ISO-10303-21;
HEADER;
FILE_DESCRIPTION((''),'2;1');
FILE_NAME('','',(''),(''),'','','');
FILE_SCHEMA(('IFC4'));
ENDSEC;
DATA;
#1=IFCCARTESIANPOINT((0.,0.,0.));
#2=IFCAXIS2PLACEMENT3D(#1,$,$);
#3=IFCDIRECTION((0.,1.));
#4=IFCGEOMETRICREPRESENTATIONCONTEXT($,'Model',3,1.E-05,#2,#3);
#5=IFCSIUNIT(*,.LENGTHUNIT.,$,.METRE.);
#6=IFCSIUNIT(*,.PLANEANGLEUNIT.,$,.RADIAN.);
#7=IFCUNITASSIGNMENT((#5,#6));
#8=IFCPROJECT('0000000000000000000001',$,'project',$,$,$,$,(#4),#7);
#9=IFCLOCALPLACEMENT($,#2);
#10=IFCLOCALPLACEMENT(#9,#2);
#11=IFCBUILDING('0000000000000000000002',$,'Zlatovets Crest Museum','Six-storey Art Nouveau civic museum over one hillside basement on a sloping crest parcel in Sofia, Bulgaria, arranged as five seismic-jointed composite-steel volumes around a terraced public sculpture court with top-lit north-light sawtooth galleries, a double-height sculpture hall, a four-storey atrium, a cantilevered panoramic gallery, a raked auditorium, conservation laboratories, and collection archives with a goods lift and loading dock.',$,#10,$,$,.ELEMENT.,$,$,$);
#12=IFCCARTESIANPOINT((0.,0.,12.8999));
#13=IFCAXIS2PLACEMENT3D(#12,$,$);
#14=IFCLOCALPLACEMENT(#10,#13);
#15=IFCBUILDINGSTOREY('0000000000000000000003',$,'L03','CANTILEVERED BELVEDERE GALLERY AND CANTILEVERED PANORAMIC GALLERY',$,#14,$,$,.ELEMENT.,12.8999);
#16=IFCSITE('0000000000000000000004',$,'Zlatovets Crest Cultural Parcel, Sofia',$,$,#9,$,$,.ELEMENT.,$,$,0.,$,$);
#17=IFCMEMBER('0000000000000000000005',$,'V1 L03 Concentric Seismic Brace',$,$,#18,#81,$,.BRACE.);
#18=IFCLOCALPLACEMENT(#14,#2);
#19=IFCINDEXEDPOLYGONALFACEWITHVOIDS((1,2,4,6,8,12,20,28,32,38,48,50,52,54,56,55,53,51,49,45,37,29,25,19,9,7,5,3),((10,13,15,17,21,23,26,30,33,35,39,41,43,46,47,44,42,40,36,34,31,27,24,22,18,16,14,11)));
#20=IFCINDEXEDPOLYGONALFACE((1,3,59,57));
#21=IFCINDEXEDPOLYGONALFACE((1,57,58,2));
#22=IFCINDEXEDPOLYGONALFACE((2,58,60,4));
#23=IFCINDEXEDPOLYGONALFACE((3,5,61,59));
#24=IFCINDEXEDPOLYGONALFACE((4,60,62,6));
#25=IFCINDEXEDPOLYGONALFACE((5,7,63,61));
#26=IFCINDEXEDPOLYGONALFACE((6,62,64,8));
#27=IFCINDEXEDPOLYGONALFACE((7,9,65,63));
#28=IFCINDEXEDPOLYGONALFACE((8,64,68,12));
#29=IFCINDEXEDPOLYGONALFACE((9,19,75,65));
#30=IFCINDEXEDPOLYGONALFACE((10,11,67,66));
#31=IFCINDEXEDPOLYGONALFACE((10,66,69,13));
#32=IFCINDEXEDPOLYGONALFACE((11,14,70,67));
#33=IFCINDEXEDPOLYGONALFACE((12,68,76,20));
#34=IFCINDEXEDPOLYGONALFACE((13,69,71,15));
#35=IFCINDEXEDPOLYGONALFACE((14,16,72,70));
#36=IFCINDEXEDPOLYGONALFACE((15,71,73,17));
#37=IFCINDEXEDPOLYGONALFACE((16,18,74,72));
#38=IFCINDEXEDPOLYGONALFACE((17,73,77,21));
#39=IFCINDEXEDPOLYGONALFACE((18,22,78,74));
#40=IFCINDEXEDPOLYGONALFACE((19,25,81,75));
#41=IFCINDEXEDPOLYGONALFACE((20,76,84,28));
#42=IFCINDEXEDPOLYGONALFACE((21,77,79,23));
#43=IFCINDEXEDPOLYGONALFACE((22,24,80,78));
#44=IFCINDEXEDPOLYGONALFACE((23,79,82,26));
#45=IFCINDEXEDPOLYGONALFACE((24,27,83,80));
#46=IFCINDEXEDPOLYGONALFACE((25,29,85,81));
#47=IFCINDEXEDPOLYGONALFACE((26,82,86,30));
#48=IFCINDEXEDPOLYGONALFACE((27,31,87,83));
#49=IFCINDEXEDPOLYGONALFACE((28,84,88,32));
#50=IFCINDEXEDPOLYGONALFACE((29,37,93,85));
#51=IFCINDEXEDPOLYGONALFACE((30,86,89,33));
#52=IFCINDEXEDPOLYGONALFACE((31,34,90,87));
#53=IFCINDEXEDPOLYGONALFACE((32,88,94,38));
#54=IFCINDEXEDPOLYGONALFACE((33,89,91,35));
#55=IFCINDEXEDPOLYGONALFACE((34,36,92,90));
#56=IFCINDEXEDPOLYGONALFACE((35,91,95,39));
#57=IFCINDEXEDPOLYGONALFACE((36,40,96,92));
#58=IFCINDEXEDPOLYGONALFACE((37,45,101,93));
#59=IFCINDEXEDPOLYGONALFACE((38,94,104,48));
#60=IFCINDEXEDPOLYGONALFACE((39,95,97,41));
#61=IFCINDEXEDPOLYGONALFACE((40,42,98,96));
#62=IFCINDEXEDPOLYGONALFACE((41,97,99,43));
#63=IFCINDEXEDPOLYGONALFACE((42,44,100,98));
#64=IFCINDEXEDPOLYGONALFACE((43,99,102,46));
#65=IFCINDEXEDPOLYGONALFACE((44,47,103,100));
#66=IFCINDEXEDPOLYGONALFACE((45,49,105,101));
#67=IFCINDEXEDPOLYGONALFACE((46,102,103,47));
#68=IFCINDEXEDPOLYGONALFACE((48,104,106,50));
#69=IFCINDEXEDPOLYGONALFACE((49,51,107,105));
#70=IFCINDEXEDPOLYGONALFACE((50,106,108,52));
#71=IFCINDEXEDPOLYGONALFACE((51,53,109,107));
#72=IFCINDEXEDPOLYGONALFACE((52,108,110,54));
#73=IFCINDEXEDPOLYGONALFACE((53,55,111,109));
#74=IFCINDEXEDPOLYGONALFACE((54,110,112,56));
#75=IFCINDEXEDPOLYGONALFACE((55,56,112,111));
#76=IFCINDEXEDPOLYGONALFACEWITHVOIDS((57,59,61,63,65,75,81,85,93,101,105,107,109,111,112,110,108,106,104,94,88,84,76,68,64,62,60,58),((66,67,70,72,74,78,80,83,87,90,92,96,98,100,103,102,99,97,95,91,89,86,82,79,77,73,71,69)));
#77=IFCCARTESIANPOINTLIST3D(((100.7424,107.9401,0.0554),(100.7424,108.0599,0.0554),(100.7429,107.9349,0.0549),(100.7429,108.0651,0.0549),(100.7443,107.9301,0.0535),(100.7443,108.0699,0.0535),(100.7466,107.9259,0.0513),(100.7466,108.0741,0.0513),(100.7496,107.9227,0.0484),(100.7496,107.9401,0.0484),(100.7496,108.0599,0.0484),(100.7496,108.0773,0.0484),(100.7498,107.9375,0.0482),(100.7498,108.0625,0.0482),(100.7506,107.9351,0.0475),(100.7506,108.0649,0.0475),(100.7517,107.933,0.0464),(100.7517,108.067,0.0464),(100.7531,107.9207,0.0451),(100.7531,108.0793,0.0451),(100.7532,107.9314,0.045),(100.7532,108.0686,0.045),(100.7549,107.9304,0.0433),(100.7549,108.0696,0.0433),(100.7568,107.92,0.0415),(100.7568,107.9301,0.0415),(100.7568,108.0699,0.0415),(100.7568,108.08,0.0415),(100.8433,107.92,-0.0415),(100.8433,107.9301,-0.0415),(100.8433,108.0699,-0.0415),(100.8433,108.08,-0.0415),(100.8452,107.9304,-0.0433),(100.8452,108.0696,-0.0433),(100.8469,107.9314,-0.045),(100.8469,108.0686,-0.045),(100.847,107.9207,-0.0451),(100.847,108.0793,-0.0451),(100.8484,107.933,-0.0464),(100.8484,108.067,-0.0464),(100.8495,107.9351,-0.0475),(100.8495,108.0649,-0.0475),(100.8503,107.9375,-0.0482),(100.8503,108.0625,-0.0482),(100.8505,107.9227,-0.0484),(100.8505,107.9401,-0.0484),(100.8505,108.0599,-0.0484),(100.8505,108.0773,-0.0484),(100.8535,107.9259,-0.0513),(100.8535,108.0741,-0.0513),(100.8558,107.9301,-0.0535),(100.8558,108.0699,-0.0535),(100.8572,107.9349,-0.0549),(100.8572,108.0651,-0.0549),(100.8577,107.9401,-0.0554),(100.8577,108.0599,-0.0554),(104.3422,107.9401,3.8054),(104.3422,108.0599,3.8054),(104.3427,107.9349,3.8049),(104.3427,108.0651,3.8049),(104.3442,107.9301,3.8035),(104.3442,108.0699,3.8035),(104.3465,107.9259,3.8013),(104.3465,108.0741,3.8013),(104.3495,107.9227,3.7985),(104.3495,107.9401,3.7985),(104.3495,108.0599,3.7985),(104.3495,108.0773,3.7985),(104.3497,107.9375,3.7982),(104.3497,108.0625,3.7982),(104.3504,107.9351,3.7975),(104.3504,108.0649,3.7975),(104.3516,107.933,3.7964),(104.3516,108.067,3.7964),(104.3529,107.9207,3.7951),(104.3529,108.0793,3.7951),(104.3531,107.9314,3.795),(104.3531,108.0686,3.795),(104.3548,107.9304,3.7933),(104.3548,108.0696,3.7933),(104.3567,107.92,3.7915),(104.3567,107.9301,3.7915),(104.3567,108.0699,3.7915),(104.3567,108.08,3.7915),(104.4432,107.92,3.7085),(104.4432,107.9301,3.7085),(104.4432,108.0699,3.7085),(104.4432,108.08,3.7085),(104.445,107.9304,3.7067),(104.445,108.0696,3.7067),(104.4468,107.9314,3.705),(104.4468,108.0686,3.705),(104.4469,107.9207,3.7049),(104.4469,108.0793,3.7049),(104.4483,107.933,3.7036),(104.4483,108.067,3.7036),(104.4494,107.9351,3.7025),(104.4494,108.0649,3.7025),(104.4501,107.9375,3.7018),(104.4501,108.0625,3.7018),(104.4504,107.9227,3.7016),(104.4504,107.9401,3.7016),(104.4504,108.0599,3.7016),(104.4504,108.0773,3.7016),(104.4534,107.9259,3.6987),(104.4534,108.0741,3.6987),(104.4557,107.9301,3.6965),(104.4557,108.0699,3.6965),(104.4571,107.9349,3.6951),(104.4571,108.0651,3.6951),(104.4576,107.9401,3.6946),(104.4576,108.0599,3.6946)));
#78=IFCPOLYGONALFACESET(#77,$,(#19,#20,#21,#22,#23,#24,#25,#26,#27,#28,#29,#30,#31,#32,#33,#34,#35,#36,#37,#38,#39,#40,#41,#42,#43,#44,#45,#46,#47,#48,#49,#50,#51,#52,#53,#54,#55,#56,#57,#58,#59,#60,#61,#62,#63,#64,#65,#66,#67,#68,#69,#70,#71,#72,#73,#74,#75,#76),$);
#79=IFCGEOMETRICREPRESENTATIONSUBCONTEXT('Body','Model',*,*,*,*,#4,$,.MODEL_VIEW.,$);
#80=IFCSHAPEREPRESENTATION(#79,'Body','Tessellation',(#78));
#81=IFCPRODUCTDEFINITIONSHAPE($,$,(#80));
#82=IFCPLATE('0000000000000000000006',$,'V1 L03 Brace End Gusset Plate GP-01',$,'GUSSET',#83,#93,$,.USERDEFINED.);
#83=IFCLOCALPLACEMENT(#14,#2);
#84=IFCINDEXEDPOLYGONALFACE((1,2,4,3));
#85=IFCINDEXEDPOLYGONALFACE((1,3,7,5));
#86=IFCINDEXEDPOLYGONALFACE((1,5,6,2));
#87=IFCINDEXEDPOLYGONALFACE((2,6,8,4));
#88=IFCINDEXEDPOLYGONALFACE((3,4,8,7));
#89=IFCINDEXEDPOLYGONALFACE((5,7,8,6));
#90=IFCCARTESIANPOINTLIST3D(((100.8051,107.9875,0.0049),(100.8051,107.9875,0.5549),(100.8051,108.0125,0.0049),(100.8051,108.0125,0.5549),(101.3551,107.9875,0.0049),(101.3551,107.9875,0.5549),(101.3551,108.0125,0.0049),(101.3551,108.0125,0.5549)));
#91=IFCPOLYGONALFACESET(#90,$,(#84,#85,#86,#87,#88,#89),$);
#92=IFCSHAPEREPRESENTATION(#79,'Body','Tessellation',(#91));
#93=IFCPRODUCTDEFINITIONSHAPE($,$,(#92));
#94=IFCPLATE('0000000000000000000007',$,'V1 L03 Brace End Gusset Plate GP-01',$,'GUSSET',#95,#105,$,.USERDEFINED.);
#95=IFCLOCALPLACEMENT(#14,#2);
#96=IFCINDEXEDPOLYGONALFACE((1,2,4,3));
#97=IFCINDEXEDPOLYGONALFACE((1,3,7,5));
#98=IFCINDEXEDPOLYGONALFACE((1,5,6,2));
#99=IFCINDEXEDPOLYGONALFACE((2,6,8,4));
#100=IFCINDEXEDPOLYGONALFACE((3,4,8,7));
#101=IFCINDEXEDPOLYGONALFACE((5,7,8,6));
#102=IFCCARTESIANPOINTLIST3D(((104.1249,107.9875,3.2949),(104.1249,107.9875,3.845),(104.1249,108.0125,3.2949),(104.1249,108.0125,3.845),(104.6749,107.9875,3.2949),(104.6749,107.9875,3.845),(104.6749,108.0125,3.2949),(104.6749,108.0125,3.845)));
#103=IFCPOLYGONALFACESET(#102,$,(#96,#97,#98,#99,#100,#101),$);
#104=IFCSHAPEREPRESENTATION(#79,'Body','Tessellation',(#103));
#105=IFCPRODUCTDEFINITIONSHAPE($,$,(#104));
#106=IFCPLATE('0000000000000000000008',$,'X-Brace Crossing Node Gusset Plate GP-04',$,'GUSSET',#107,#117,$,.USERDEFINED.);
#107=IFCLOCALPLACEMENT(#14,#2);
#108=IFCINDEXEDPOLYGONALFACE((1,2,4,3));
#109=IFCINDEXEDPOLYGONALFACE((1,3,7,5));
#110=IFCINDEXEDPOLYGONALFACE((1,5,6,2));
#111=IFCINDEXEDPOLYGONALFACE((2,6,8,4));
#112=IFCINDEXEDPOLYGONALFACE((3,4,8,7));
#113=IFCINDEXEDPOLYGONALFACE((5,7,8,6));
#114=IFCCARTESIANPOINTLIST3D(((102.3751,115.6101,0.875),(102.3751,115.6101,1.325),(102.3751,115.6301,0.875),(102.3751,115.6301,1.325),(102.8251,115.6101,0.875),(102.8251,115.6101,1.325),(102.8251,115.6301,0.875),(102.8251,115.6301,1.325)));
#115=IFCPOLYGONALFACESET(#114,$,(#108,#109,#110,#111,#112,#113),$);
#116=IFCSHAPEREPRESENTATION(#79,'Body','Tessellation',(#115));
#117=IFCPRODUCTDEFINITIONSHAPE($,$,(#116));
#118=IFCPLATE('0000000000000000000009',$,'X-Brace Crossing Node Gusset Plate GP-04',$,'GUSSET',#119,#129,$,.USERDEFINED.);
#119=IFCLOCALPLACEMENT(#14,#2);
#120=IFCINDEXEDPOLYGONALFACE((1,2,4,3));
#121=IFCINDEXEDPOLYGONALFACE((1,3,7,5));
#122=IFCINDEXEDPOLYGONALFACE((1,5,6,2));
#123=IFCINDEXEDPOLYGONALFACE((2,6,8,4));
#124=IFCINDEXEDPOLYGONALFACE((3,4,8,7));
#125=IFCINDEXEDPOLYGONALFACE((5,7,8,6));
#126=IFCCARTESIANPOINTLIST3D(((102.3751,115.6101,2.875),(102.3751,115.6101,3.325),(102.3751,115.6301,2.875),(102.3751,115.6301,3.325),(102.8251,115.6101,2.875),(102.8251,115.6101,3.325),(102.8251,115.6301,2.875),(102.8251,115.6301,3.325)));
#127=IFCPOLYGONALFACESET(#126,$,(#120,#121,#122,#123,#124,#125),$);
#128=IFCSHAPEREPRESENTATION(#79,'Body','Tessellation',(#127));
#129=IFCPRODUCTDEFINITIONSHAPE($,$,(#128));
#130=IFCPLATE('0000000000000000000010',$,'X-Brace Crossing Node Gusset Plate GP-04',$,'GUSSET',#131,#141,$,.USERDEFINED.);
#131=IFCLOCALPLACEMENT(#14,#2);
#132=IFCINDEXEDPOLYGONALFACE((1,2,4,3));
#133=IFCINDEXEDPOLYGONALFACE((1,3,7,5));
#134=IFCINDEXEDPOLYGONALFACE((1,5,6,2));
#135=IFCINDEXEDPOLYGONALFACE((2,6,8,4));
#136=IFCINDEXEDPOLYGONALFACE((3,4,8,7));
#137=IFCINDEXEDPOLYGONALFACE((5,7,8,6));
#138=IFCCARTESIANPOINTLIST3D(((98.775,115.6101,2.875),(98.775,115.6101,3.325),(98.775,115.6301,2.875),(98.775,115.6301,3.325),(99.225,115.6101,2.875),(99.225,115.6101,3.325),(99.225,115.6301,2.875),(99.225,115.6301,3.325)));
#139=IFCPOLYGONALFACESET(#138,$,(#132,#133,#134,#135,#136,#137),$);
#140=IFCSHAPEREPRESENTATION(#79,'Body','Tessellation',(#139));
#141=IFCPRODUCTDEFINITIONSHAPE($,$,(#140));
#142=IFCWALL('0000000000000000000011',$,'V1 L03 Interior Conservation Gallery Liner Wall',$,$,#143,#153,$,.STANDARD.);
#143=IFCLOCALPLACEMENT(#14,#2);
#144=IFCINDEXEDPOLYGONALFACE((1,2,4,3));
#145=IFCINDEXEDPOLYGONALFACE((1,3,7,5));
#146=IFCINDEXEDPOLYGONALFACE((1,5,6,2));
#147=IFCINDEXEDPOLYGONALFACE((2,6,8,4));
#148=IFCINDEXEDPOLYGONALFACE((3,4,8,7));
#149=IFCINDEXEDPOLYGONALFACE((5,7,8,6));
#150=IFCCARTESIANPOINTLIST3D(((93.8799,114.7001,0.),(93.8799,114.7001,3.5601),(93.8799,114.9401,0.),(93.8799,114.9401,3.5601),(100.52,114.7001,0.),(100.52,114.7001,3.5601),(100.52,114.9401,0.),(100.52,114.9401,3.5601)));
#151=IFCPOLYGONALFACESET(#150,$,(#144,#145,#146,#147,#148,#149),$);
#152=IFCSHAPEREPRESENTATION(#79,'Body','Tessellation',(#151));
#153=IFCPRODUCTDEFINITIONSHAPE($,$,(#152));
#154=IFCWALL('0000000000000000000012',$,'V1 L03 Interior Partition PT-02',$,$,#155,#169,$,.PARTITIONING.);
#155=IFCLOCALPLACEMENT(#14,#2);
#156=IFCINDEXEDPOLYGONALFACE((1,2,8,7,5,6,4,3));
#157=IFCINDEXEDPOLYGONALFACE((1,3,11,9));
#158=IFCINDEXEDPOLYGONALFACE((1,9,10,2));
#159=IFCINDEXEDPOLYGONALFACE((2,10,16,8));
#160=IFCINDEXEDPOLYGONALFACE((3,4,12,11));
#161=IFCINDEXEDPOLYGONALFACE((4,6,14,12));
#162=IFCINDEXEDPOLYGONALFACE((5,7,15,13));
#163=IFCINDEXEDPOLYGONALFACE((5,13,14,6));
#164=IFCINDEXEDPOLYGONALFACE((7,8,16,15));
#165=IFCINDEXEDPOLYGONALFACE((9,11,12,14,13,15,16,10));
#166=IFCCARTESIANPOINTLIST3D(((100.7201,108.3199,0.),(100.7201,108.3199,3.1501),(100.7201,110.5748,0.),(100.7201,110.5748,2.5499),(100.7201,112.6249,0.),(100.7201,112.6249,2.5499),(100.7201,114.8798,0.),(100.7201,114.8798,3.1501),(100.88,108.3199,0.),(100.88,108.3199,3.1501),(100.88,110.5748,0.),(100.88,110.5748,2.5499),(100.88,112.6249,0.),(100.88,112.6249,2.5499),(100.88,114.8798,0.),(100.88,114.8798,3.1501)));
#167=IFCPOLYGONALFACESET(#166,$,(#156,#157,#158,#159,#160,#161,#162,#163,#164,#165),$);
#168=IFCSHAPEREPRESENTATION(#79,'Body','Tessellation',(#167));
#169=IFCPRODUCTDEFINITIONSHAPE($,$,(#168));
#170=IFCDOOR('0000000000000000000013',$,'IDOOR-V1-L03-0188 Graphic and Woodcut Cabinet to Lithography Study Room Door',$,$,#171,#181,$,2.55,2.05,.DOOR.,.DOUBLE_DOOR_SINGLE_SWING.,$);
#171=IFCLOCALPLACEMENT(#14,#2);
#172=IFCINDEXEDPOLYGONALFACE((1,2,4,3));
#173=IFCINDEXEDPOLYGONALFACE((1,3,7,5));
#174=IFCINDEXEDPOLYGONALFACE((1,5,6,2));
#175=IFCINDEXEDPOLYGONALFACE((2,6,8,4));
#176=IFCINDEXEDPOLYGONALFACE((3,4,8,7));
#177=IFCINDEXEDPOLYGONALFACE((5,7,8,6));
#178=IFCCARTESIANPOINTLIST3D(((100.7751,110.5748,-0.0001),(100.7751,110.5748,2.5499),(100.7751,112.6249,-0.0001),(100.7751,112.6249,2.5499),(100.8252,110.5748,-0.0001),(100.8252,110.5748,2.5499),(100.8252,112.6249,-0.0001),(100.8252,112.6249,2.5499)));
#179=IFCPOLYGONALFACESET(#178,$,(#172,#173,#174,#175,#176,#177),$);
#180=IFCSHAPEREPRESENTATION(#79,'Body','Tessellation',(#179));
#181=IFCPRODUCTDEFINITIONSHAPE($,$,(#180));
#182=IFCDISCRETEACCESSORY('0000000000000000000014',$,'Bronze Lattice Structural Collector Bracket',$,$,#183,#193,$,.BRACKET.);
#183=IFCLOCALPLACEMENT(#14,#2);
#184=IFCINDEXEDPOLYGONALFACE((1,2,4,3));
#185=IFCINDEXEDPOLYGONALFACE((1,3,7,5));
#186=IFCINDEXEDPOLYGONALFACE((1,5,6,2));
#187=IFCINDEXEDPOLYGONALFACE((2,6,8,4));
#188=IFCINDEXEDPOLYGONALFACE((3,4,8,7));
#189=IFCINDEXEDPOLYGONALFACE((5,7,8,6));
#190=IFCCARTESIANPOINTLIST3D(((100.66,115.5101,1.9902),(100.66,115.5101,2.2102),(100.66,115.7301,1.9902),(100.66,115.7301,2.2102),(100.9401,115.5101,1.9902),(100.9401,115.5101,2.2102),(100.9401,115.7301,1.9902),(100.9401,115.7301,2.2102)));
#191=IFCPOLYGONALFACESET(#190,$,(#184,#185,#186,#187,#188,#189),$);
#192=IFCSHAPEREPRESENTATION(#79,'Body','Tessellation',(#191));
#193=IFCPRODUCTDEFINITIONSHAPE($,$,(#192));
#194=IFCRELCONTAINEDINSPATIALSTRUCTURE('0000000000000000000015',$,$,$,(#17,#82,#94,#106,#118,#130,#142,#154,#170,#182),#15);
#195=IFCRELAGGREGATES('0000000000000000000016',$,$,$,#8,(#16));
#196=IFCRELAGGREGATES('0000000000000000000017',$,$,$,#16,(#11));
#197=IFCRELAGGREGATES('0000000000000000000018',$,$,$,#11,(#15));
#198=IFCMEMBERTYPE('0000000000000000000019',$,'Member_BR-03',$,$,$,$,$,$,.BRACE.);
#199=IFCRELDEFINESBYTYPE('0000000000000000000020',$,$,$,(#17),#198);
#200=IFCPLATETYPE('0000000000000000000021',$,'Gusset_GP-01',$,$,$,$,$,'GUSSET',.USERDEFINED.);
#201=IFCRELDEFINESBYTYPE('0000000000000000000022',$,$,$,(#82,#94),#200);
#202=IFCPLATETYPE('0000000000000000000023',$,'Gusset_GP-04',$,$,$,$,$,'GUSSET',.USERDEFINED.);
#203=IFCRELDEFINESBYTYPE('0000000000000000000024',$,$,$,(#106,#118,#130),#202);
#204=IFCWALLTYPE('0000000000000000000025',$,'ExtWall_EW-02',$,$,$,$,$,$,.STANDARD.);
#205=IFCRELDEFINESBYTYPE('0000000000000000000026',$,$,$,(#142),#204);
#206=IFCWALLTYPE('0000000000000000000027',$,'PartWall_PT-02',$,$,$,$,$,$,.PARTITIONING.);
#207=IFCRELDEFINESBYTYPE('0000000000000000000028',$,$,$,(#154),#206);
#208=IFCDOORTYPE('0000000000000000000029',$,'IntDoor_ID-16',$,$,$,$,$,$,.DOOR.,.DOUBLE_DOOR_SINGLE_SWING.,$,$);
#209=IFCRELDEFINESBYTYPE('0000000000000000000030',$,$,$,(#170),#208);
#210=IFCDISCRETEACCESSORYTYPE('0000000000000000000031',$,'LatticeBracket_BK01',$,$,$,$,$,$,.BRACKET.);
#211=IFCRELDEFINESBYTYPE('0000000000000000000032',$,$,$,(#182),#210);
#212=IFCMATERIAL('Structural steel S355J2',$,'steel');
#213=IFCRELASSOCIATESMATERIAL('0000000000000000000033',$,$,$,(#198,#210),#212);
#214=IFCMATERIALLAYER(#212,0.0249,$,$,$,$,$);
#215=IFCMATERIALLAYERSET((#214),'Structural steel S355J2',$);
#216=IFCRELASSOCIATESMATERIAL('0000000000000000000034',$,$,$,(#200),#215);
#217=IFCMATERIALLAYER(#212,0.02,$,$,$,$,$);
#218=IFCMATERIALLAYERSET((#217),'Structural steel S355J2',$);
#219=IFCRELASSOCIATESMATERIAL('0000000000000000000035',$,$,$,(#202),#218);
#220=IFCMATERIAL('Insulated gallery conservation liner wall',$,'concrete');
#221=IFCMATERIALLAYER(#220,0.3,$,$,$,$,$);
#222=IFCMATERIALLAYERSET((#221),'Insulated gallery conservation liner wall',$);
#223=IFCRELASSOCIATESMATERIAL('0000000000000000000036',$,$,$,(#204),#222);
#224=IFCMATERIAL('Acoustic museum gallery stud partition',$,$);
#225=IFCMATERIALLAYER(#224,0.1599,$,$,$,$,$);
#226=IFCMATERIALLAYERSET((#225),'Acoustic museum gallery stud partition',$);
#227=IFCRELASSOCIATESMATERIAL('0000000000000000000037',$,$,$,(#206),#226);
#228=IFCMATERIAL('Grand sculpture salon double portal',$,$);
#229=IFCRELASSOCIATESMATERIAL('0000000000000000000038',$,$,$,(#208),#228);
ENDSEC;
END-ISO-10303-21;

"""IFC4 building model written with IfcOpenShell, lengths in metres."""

from ifc_helpers import new_model, si_unit, direction, frame, frame_2d, origin, origin_2d, place, context, subcontext, project, spatial, rectangle, hollow_rectangle, extrude, material, layer, layer_set, material_profile, profile_set, type_object, element, fill, save


model = new_model("IFC4")

# Units and contexts
model_context = context("Model", 3, precision=1e-05, world=origin(), true_north=direction((0.0, 1.0)))
body_context = subcontext(model_context, "Body", "Model", "MODEL_VIEW")
ifc_project = project(units=[si_unit("LENGTHUNIT", "METRE"), si_unit("PLANEANGLEUNIT", "RADIAN")], contexts=[model_context])

# Site, building, storey
site_placement = place(None, origin())
site = spatial("IfcSite", under=ifc_project, at=site_placement, Name="Zlatovets Crest Cultural Parcel, Sofia", CompositionType="ELEMENT", RefElevation=0.0)
building_placement = place(site_placement, origin())
building = spatial("IfcBuilding", under=site, at=building_placement, Name="Zlatovets Crest Museum", Description="Six-storey Art Nouveau civic museum over one hillside basement on a sloping crest parcel in Sofia, Bulgaria, arranged as five seismic-jointed composite-steel volumes around a terraced public sculpture court with top-lit north-light sawtooth galleries, a double-height sculpture hall, a four-storey atrium, a cantilevered panoramic gallery, a raked auditorium, conservation laboratories, and collection archives with a goods lift and loading dock.", CompositionType="ELEMENT")
storey_placement = place(building_placement, frame((0.0, 0.0, 12.8999)))
storey = spatial("IfcBuildingStorey", under=building, at=storey_placement, Name="L03", Description="CANTILEVERED BELVEDERE GALLERY AND CANTILEVERED PANORAMIC GALLERY", CompositionType="ELEMENT", Elevation=12.8999)

# Shared definitions
ifc_material_1 = material(Name="Structural steel S355J2", Category="steel")

# Member
ifc_material_profile_1 = material_profile(ifc_material_1, hollow_rectangle(XDim=0.1599, YDim=0.1599, WallThickness=0.01, InnerFilletRadius=0.01, OuterFilletRadius=0.02, at=origin_2d()), Name="SHS 160x160x10.0")
ifc_profile_set_1 = profile_set([ifc_material_profile_1], Name="Structural steel S355J2")
member_type_1 = type_object("IfcMemberType", Name="Member_BR-03", PredefinedType="BRACE", material=ifc_profile_set_1)
member_1_placement = place(storey_placement, frame((100.8, 108.0, 0.0), z_axis=(0.692517, 0.0, 0.721401), x_axis=(0.0, 1.0, 0.0)))
element("IfcMember", 1, at=member_1_placement, inside=storey, type_object=member_type_1, Name="V1 L03 Concentric Seismic Brace", PredefinedType="BRACE", context=body_context, shape_type="SweptSolid", body=[
    extrude(hollow_rectangle(XDim=0.1599, YDim=0.1599, WallThickness=0.01, InnerFilletRadius=0.01, OuterFilletRadius=0.02, at=origin_2d()), origin(), (0.0, 0.0, 1.0), 5.1982),
])

# Plates
ifc_layer_1 = layer(ifc_material_1, 0.0249)
ifc_layer_set_1 = layer_set([ifc_layer_1], Name="Structural steel S355J2")
plate_type_1 = type_object("IfcPlateType", Name="Gusset_GP-01", ElementType="GUSSET", PredefinedType="USERDEFINED", material=ifc_layer_set_1)
for number, where, z_axis, x_axis, name in (
    (2, (101.0801, 108.0, 0.0049), (0.0, 0.0, 1.0), (1.0, 0.0, 0.0), "V1 L03 Brace End Gusset Plate GP-01"),
    (3, (104.3999, 108.0, 3.2949), (0.0, 0.0, 1.0), (1.0, 0.0, 0.0), "V1 L03 Brace End Gusset Plate GP-01"),
):
    element("IfcPlate", number, at=place(storey_placement, frame(where, z_axis=z_axis, x_axis=x_axis)), inside=storey, type_object=plate_type_1, Name=name, ObjectType="GUSSET", PredefinedType="USERDEFINED", context=body_context, shape_type="SweptSolid", body=[
        extrude(rectangle(XDim=0.55, YDim=0.0249, at=origin_2d()), origin(), (0.0, 0.0, 1.0), 0.55),
    ])
ifc_layer_2 = layer(ifc_material_1, 0.02)
ifc_layer_set_2 = layer_set([ifc_layer_2], Name="Structural steel S355J2")
plate_type_2 = type_object("IfcPlateType", Name="Gusset_GP-04", ElementType="GUSSET", PredefinedType="USERDEFINED", material=ifc_layer_set_2)
for number, where, z_axis, x_axis, name in (
    (4, (102.6001, 115.6201, 0.875), (0.0, 0.0, 1.0), (1.0, 0.0, 0.0), "X-Brace Crossing Node Gusset Plate GP-04"),
    (5, (102.6001, 115.6201, 2.875), (0.0, 0.0, 1.0), (1.0, 0.0, 0.0), "X-Brace Crossing Node Gusset Plate GP-04"),
    (6, (99.0, 115.6201, 2.875), (0.0, 0.0, 1.0), (1.0, 0.0, 0.0), "X-Brace Crossing Node Gusset Plate GP-04"),
):
    element("IfcPlate", number, at=place(storey_placement, frame(where, z_axis=z_axis, x_axis=x_axis)), inside=storey, type_object=plate_type_2, Name=name, ObjectType="GUSSET", PredefinedType="USERDEFINED", context=body_context, shape_type="SweptSolid", body=[
        extrude(rectangle(XDim=0.45, YDim=0.02, at=origin_2d()), origin(), (0.0, 0.0, 1.0), 0.45),
    ])

# Wall
ifc_material_2 = material(Name="Insulated gallery conservation liner wall", Category="concrete")
ifc_layer_3 = layer(ifc_material_2, 0.3)
ifc_layer_set_3 = layer_set([ifc_layer_3], Name="Insulated gallery conservation liner wall")
wall_type_1 = type_object("IfcWallType", Name="ExtWall_EW-02", PredefinedType="STANDARD", material=ifc_layer_set_3)
wall_1_placement = place(storey_placement, frame((100.52, 114.8201, 0.0), z_axis=(0.0, 0.0, 1.0), x_axis=(-1.0, 0.0, 0.0)))
element("IfcWall", 7, at=wall_1_placement, inside=storey, type_object=wall_type_1, Name="V1 L03 Interior Conservation Gallery Liner Wall", PredefinedType="STANDARD", context=body_context, shape_type="SweptSolid", body=[
    extrude(rectangle(XDim=6.6401, YDim=0.24, at=frame_2d((3.3201, 0.0))), origin(), (0.0, 0.0, 1.0), 3.5601),
])

# Wall, opening, door
ifc_material_3 = material(Name="Acoustic museum gallery stud partition")
ifc_layer_4 = layer(ifc_material_3, 0.1599)
ifc_layer_set_4 = layer_set([ifc_layer_4], Name="Acoustic museum gallery stud partition")
wall_type_2 = type_object("IfcWallType", Name="PartWall_PT-02", PredefinedType="PARTITIONING", material=ifc_layer_set_4)
wall_2_placement = place(storey_placement, frame((100.8, 108.3201, 0.0), z_axis=(0.0, 0.0, 1.0), x_axis=(0.0, 1.0, 0.0)))
wall_2 = element("IfcWall", 8, at=wall_2_placement, inside=storey, type_object=wall_type_2, Name="V1 L03 Interior Partition PT-02", PredefinedType="PARTITIONING", context=body_context, shape_type="SweptSolid", body=[
    extrude(rectangle(XDim=6.5598, YDim=0.1599, at=frame_2d((3.2798, 0.0))), origin(), (0.0, 0.0, 1.0), 3.1501),
])
opening_placement = place(wall_2_placement, frame((2.2549, 0.0, 0.0)))
opening = element("IfcOpeningElement", 9, at=opening_placement, cuts=wall_2, PredefinedType="OPENING", context=body_context, shape_type="SweptSolid", body=[
    extrude(rectangle(XDim=2.05, YDim=2.55, at=frame_2d((1.0249, 1.2749))), frame((0.0, 0.0898, 0.0), z_axis=(0.0, -1.0, 0.0), x_axis=(1.0, 0.0, 0.0)), (0.0, 0.0, 1.0), 0.1799),
])
ifc_material_4 = material(Name="Grand sculpture salon double portal")
door_type = type_object("IfcDoorType", Name="IntDoor_ID-16", OperationType="DOUBLE_DOOR_SINGLE_SWING", PredefinedType="DOOR", material=ifc_material_4)
door_placement = place(opening_placement, origin())
door = element("IfcDoor", 10, at=door_placement, inside=storey, type_object=door_type, Name="IDOOR-V1-L03-0188 Graphic and Woodcut Cabinet to Lithography Study Room Door", OperationType="DOUBLE_DOOR_SINGLE_SWING", OverallHeight=2.55, OverallWidth=2.05, PredefinedType="DOOR", context=body_context, shape_type="SweptSolid", body=[
    extrude(rectangle(XDim=2.05, YDim=2.55, at=frame_2d((1.0249, 1.2749))), frame((0.0, 0.0249, 0.0), z_axis=(0.0, -1.0, 0.0), x_axis=(1.0, 0.0, 0.0)), (0.0, 0.0, 1.0), 0.05),
])
fill(opening, door)

# Discrete accessory
discrete_accessory_type = type_object("IfcDiscreteAccessoryType", Name="LatticeBracket_BK01", PredefinedType="BRACKET", material=ifc_material_1)
discrete_accessory_placement = place(storey_placement, frame((100.8, 115.6201, 1.9902), z_axis=(0.0, 0.0, 1.0), x_axis=(1.0, 0.0, 0.0)))
element("IfcDiscreteAccessory", 11, at=discrete_accessory_placement, inside=storey, type_object=discrete_accessory_type, Name="Bronze Lattice Structural Collector Bracket", PredefinedType="BRACKET", context=body_context, shape_type="SweptSolid", body=[
    extrude(rectangle(XDim=0.28, YDim=0.22, at=origin_2d()), origin(), (0.0, 0.0, 1.0), 0.22),
])

save(model, "model.ifc")
